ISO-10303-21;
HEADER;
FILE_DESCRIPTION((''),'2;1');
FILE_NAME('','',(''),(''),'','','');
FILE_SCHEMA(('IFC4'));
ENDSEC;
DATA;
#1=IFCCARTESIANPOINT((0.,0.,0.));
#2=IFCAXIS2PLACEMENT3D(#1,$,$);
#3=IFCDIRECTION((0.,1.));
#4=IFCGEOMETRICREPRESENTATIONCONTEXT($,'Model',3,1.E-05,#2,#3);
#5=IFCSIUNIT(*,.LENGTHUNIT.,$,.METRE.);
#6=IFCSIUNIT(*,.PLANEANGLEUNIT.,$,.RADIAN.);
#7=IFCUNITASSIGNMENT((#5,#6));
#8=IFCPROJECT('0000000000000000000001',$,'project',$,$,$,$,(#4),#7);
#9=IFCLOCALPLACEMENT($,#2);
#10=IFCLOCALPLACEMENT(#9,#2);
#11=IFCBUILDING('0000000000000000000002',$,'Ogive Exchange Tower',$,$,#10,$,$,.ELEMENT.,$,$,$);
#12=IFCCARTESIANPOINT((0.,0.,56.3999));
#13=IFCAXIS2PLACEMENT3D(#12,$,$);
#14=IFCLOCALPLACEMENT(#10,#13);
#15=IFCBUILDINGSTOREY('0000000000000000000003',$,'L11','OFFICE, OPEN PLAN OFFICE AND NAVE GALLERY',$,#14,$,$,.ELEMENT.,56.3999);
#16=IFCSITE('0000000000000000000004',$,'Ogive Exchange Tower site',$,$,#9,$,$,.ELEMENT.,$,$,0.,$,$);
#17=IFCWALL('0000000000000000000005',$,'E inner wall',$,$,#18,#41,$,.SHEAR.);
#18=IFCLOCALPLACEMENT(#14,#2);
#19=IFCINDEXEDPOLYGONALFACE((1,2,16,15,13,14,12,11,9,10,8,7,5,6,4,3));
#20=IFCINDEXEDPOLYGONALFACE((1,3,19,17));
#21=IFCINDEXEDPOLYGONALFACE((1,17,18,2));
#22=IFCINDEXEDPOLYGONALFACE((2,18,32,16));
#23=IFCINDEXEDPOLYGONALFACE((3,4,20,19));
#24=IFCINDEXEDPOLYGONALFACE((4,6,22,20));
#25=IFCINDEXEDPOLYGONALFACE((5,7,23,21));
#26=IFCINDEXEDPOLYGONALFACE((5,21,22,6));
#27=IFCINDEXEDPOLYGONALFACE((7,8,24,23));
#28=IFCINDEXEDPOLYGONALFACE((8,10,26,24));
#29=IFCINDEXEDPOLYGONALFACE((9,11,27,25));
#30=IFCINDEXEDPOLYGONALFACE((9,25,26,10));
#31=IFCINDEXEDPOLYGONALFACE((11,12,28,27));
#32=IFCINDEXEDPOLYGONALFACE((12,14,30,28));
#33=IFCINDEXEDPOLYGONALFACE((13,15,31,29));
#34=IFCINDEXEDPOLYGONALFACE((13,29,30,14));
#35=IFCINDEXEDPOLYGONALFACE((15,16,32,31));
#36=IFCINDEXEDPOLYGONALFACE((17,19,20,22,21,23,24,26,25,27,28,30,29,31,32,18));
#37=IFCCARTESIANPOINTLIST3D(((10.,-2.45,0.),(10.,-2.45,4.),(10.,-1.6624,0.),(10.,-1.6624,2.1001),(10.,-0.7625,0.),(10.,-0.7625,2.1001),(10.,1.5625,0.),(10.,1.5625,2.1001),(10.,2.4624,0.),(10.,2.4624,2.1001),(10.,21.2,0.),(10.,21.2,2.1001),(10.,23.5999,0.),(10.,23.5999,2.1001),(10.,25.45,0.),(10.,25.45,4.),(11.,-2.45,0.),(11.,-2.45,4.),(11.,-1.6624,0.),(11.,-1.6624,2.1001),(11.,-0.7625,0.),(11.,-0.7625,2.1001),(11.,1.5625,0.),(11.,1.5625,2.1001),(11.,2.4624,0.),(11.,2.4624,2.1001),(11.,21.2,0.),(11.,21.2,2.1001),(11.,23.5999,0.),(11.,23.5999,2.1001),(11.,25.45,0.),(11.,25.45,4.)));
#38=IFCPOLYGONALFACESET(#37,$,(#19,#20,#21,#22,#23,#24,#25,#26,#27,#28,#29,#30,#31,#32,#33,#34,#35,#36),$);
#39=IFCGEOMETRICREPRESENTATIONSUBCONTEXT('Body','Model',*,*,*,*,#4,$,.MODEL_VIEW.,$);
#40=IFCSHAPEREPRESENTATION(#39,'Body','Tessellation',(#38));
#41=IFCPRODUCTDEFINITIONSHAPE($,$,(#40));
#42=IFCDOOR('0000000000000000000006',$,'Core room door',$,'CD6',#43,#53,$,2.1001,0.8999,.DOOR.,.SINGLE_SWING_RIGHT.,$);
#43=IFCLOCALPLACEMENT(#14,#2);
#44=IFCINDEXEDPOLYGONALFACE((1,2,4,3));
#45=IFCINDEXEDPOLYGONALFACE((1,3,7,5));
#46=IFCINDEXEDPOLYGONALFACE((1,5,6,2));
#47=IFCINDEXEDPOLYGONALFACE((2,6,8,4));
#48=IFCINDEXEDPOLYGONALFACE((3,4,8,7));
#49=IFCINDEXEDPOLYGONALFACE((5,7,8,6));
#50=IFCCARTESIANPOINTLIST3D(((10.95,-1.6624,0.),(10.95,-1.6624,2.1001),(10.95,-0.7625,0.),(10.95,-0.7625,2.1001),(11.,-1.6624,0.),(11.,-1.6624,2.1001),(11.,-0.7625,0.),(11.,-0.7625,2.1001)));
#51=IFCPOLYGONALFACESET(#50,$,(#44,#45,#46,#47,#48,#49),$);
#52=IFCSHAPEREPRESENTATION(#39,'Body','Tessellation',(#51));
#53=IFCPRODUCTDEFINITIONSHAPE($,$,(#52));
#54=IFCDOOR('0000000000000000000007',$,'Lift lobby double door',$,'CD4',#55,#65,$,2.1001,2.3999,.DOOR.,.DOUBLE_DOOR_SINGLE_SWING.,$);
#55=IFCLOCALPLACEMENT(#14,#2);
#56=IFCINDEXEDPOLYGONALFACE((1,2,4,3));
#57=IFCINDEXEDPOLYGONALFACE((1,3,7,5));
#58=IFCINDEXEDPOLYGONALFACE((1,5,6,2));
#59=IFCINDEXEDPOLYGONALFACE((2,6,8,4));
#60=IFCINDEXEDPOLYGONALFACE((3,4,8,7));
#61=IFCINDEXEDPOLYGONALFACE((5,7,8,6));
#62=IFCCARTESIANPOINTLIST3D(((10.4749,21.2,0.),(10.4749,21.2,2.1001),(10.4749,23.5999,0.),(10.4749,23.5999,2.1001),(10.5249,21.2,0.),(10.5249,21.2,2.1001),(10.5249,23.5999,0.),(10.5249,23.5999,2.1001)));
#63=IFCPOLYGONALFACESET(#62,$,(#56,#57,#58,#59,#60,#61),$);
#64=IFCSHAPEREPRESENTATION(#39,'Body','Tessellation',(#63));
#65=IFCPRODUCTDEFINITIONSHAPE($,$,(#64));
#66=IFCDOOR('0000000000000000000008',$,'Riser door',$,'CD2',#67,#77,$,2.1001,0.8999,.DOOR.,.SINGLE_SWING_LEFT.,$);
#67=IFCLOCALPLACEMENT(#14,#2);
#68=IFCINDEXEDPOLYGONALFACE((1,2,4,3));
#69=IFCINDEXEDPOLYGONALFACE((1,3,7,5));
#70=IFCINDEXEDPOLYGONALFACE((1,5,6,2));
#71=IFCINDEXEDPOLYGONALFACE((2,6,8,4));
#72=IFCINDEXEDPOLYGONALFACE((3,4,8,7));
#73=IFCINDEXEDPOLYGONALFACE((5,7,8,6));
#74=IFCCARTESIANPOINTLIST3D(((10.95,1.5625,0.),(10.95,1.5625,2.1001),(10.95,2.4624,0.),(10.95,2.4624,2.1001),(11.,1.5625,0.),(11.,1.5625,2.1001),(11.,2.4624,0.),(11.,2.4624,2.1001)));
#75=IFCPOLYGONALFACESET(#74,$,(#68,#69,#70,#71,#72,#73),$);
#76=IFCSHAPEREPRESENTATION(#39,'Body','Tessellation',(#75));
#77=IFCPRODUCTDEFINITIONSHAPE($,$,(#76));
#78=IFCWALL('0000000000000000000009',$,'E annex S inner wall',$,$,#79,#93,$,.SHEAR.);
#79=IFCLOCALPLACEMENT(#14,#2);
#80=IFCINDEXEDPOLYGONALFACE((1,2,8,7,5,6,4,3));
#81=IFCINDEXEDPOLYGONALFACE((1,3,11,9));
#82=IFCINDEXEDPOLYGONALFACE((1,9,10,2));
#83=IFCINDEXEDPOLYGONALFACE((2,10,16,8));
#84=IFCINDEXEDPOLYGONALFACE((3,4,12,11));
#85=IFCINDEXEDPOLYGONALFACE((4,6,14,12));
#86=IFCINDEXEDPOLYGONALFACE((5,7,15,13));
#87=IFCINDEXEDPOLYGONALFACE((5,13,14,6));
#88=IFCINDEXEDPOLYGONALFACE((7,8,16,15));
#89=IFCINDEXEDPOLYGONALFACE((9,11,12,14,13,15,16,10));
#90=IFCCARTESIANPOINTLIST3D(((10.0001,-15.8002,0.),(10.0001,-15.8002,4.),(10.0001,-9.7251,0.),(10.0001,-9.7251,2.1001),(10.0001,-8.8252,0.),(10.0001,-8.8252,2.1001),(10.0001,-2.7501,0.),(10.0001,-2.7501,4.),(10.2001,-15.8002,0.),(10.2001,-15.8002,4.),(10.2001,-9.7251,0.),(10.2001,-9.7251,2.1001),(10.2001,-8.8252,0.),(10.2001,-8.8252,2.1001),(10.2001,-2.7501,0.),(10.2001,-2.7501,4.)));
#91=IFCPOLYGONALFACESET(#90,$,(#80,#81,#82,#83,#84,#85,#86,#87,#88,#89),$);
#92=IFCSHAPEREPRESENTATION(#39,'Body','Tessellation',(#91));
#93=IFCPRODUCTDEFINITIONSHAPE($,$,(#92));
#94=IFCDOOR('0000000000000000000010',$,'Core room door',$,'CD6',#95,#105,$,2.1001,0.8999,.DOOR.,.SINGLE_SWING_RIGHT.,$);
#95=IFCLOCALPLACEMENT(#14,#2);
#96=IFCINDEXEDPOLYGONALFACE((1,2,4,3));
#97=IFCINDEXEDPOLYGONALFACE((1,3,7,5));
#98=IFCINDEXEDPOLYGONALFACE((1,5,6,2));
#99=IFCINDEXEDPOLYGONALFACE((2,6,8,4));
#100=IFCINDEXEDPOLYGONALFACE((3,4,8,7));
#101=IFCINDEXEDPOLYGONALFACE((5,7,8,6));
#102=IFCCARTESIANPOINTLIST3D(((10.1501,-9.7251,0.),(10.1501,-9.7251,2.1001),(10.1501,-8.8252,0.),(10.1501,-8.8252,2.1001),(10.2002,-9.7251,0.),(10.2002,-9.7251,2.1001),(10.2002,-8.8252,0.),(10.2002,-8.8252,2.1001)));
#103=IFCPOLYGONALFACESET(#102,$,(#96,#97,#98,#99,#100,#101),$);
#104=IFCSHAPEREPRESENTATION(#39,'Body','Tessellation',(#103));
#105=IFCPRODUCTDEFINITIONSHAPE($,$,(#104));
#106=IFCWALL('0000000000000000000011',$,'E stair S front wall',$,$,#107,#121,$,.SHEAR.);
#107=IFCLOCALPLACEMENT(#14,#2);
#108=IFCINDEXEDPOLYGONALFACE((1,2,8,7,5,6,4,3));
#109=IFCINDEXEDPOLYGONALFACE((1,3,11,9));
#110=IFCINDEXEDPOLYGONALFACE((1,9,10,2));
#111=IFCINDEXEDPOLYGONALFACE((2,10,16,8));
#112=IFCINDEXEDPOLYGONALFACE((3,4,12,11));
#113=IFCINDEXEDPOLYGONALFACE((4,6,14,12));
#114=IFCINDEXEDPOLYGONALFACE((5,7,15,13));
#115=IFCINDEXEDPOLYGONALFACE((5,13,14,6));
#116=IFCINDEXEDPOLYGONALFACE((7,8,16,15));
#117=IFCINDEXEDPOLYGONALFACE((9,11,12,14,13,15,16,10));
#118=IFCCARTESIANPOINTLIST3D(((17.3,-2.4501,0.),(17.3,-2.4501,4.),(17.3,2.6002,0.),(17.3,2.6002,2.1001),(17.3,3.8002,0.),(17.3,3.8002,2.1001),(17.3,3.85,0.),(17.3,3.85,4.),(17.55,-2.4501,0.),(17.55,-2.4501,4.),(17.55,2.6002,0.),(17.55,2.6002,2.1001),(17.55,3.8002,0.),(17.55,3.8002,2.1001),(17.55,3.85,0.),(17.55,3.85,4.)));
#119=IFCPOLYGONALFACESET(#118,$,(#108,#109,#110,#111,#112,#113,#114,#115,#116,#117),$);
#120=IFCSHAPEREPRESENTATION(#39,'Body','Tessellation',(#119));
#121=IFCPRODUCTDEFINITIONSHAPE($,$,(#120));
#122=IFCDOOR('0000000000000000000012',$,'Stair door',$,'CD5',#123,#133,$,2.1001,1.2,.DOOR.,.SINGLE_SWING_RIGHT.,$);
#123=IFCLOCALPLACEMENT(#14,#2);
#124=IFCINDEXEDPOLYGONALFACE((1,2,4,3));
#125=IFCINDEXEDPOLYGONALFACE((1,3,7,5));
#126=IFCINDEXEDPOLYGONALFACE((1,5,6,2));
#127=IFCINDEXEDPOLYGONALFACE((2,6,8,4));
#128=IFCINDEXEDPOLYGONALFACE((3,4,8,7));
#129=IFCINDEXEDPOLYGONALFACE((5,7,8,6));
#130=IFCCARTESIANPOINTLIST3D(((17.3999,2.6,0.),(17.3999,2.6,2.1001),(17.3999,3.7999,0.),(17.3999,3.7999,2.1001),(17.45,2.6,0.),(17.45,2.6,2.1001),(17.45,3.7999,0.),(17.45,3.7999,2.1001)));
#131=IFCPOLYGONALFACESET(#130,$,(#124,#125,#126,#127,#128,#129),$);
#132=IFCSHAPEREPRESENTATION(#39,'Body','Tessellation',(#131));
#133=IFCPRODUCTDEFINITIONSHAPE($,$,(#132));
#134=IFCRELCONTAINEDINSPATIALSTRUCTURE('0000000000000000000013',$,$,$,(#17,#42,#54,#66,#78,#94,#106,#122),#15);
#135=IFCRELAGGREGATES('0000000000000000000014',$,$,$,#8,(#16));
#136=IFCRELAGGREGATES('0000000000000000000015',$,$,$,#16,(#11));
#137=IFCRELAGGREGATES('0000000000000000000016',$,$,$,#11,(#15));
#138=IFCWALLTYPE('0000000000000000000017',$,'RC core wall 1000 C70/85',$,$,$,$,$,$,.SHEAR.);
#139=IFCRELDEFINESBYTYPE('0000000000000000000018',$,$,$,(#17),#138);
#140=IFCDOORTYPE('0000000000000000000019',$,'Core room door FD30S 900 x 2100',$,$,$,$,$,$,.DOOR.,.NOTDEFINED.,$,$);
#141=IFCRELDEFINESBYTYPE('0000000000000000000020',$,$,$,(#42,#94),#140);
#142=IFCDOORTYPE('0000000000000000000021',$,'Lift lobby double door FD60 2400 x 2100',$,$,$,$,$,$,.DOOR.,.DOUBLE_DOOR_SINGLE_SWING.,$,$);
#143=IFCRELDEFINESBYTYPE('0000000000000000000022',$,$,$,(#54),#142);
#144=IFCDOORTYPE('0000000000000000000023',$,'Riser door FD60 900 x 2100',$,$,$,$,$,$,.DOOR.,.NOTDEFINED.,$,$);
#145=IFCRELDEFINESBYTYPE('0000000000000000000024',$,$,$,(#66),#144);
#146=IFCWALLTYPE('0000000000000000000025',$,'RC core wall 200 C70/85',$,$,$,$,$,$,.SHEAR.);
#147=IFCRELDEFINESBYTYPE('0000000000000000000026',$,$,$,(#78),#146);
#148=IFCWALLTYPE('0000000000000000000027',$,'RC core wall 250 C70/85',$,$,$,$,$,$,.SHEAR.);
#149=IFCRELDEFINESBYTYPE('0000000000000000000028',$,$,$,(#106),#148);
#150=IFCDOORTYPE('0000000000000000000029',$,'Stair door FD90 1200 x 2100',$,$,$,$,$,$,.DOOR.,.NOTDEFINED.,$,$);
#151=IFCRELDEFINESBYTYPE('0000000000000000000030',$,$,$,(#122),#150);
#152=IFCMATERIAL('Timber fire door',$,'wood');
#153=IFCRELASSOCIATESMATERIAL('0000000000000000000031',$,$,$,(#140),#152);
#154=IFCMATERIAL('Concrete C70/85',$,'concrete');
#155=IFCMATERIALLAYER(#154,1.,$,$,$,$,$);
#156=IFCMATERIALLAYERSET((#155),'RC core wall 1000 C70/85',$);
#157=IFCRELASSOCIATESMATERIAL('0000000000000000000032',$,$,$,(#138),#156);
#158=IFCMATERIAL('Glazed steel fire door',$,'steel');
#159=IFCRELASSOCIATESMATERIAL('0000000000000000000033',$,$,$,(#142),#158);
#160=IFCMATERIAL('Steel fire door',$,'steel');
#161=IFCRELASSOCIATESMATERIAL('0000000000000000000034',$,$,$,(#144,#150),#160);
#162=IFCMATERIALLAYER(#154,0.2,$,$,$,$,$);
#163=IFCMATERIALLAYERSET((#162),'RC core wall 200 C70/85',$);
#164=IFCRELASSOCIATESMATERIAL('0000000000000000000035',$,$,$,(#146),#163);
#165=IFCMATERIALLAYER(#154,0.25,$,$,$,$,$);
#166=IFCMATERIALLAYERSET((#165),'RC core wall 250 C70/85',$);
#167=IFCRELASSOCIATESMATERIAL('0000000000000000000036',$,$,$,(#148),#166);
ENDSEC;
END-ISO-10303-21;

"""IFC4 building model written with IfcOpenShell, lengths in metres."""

from ifc_helpers import new_model, si_unit, direction, frame, frame_2d, origin, place, context, subcontext, project, spatial, rectangle, extrude, material, layer, layer_set, type_object, element, fill, save


model = new_model("IFC4")

# Units and contexts
model_context = context("Model", 3, precision=1e-05, world=origin(), true_north=direction((0.0, 1.0)))
body_context = subcontext(model_context, "Body", "Model", "MODEL_VIEW")
ifc_project = project(units=[si_unit("LENGTHUNIT", "METRE"), si_unit("PLANEANGLEUNIT", "RADIAN")], contexts=[model_context])

# Site, building, storey
site_placement = place(None, origin())
site = spatial("IfcSite", under=ifc_project, at=site_placement, Name="Ogive Exchange Tower site", CompositionType="ELEMENT", RefElevation=0.0)
building_placement = place(site_placement, origin())
building = spatial("IfcBuilding", under=site, at=building_placement, Name="Ogive Exchange Tower", CompositionType="ELEMENT")
storey_placement = place(building_placement, frame((0.0, 0.0, 56.3999)))
storey = spatial("IfcBuildingStorey", under=building, at=storey_placement, Name="L11", Description="OFFICE, OPEN PLAN OFFICE AND NAVE GALLERY", CompositionType="ELEMENT", Elevation=56.3999)

# Shared definitions
ifc_material_1 = material(Name="Concrete C70/85", Category="concrete")

# Shared definitions
ifc_material_2 = material(Name="Timber fire door", Category="wood")
door_type_1 = type_object("IfcDoorType", Name="Core room door FD30S 900 x 2100", OperationType="NOTDEFINED", PredefinedType="DOOR", material=ifc_material_2)

# Wall, openings, doors
ifc_layer_1 = layer(ifc_material_1, 1.0)
ifc_layer_set_1 = layer_set([ifc_layer_1], Name="RC core wall 1000 C70/85")
wall_type_1 = type_object("IfcWallType", Name="RC core wall 1000 C70/85", PredefinedType="SHEAR", material=ifc_layer_set_1)
wall_1_placement = place(storey_placement, frame((10.5, -2.45, 0.0), z_axis=(0.0, 0.0, 1.0), x_axis=(0.0, 1.0, 0.0)))
wall_1 = element("IfcWall", 1, at=wall_1_placement, inside=storey, type_object=wall_type_1, Name="E inner wall", PredefinedType="SHEAR", context=body_context, shape_type="SweptSolid", body=[
    extrude(rectangle(XDim=27.8999, YDim=1.0, at=frame_2d((13.95, 0.0))), origin(), (0.0, 0.0, 1.0), 4.0),
])
opening_1_placement = place(wall_1_placement, frame((23.6499, 0.0, 0.0)))
opening_1 = element("IfcOpeningElement", 2, at=opening_1_placement, cuts=wall_1, PredefinedType="OPENING", context=body_context, shape_type="SweptSolid", body=[
    extrude(rectangle(XDim=2.3999, YDim=2.1001, at=frame_2d((1.2, 1.05))), frame((0.0, 0.51, 0.0), z_axis=(0.0, -1.0, 0.0), x_axis=(1.0, 0.0, 0.0)), (0.0, 0.0, 1.0), 1.02),
])
opening_2_placement = place(wall_1_placement, frame((0.7876, 0.0, 0.0)))
opening_2 = element("IfcOpeningElement", 3, at=opening_2_placement, cuts=wall_1, PredefinedType="OPENING", context=body_context, shape_type="SweptSolid", body=[
    extrude(rectangle(XDim=0.8999, YDim=2.1001, at=frame_2d((0.45, 1.05))), frame((0.0, 0.51, 0.0), z_axis=(0.0, -1.0, 0.0), x_axis=(1.0, 0.0, 0.0)), (0.0, 0.0, 1.0), 1.02),
])
opening_3_placement = place(wall_1_placement, frame((4.0125, 0.0, 0.0)))
opening_3 = element("IfcOpeningElement", 4, at=opening_3_placement, cuts=wall_1, PredefinedType="OPENING", context=body_context, shape_type="SweptSolid", body=[
    extrude(rectangle(XDim=0.8999, YDim=2.1001, at=frame_2d((0.45, 1.05))), frame((0.0, 0.51, 0.0), z_axis=(0.0, -1.0, 0.0), x_axis=(1.0, 0.0, 0.0)), (0.0, 0.0, 1.0), 1.02),
])
door_1_placement = place(opening_2_placement, frame((0.8999, -0.9502, 0.0), z_axis=(0.0, 0.0, 1.0), x_axis=(-1.0, 0.0, 0.0)))
door_1 = element("IfcDoor", 5, at=door_1_placement, inside=storey, type_object=door_type_1, Name="Core room door", ObjectType="CD6", OperationType="SINGLE_SWING_RIGHT", OverallHeight=2.1001, OverallWidth=0.8999, PredefinedType="DOOR", context=body_context, shape_type="SweptSolid", body=[
    extrude(rectangle(XDim=0.8999, YDim=2.1001, at=frame_2d((0.45, 1.05))), frame((0.0, -0.4502, 0.0), z_axis=(0.0, -1.0, 0.0), x_axis=(1.0, 0.0, 0.0)), (0.0, 0.0, 1.0), 0.05),
])
fill(opening_2, door_1)
ifc_material_3 = material(Name="Glazed steel fire door", Category="steel")
door_type_2 = type_object("IfcDoorType", Name="Lift lobby double door FD60 2400 x 2100", OperationType="DOUBLE_DOOR_SINGLE_SWING", PredefinedType="DOOR", material=ifc_material_3)
door_2_placement = place(opening_1_placement, frame((2.3999, 0.0, 0.0), z_axis=(0.0, 0.0, 1.0), x_axis=(-1.0, 0.0, 0.0)))
door_2 = element("IfcDoor", 6, at=door_2_placement, inside=storey, type_object=door_type_2, Name="Lift lobby double door", ObjectType="CD4", OperationType="DOUBLE_DOOR_SINGLE_SWING", OverallHeight=2.1001, OverallWidth=2.3999, PredefinedType="DOOR", context=body_context, shape_type="SweptSolid", body=[
    extrude(rectangle(XDim=2.3999, YDim=2.1001, at=frame_2d((1.2, 1.05))), frame((0.0, 0.0249, 0.0), z_axis=(0.0, -1.0, 0.0), x_axis=(1.0, 0.0, 0.0)), (0.0, 0.0, 1.0), 0.05),
])
fill(opening_1, door_2)
ifc_material_4 = material(Name="Steel fire door", Category="steel")
door_type_3 = type_object("IfcDoorType", Name="Riser door FD60 900 x 2100", OperationType="NOTDEFINED", PredefinedType="DOOR", material=ifc_material_4)
door_3_placement = place(opening_3_placement, frame((0.8999, -0.9502, 0.0), z_axis=(0.0, 0.0, 1.0), x_axis=(-1.0, 0.0, 0.0)))
door_3 = element("IfcDoor", 7, at=door_3_placement, inside=storey, type_object=door_type_3, Name="Riser door", ObjectType="CD2", OperationType="SINGLE_SWING_LEFT", OverallHeight=2.1001, OverallWidth=0.8999, PredefinedType="DOOR", context=body_context, shape_type="SweptSolid", body=[
    extrude(rectangle(XDim=0.8999, YDim=2.1001, at=frame_2d((0.45, 1.05))), frame((0.0, -0.4502, 0.0), z_axis=(0.0, -1.0, 0.0), x_axis=(1.0, 0.0, 0.0)), (0.0, 0.0, 1.0), 0.05),
])
fill(opening_3, door_3)

# Walls, openings, doors
ifc_layer_2 = layer(ifc_material_1, 0.2)
ifc_layer_set_2 = layer_set([ifc_layer_2], Name="RC core wall 200 C70/85")
wall_type_2 = type_object("IfcWallType", Name="RC core wall 200 C70/85", PredefinedType="SHEAR", material=ifc_layer_set_2)
wall_2_placement = place(storey_placement, frame((10.1001, -15.8, 0.0), z_axis=(0.0, 0.0, 1.0), x_axis=(0.0, 1.0, 0.0)))
wall_2 = element("IfcWall", 8, at=wall_2_placement, inside=storey, type_object=wall_type_2, Name="E annex S inner wall", PredefinedType="SHEAR", context=body_context, shape_type="SweptSolid", body=[
    extrude(rectangle(XDim=13.05, YDim=0.2, at=frame_2d((6.5249, 0.0))), origin(), (0.0, 0.0, 1.0), 4.0),
])
opening_4_placement = place(wall_2_placement, frame((6.075, 0.0, 0.0)))
opening_4 = element("IfcOpeningElement", 9, at=opening_4_placement, cuts=wall_2, PredefinedType="OPENING", context=body_context, shape_type="SweptSolid", body=[
    extrude(rectangle(XDim=0.8999, YDim=2.1001, at=frame_2d((0.45, 1.05))), frame((0.0, 0.1099, 0.0), z_axis=(0.0, -1.0, 0.0), x_axis=(1.0, 0.0, 0.0)), (0.0, 0.0, 1.0), 0.22),
])
door_4_placement = place(opening_4_placement, frame((0.8999, -0.1499, 0.0), z_axis=(0.0, 0.0, 1.0), x_axis=(-1.0, 0.0, 0.0)))
door_4 = element("IfcDoor", 10, at=door_4_placement, inside=storey, type_object=door_type_1, Name="Core room door", ObjectType="CD6", OperationType="SINGLE_SWING_RIGHT", OverallHeight=2.1001, OverallWidth=0.8999, PredefinedType="DOOR", context=body_context, shape_type="SweptSolid", body=[
    extrude(rectangle(XDim=0.8999, YDim=2.1001, at=frame_2d((0.45, 1.05))), frame((0.0, -0.0498, 0.0), z_axis=(0.0, -1.0, 0.0), x_axis=(1.0, 0.0, 0.0)), (0.0, 0.0, 1.0), 0.05),
])
fill(opening_4, door_4)
ifc_layer_3 = layer(ifc_material_1, 0.25)
ifc_layer_set_3 = layer_set([ifc_layer_3], Name="RC core wall 250 C70/85")
wall_type_3 = type_object("IfcWallType", Name="RC core wall 250 C70/85", PredefinedType="SHEAR", material=ifc_layer_set_3)
wall_3_placement = place(storey_placement, frame((17.425, -2.45, 0.0), z_axis=(0.0, 0.0, 1.0), x_axis=(0.0, 1.0, 0.0)))
wall_3 = element("IfcWall", 11, at=wall_3_placement, inside=storey, type_object=wall_type_3, Name="E stair S front wall", PredefinedType="SHEAR", context=body_context, shape_type="SweptSolid", body=[
    extrude(rectangle(XDim=6.3, YDim=0.25, at=frame_2d((3.1499, 0.0))), origin(), (0.0, 0.0, 1.0), 4.0),
])
opening_5_placement = place(wall_3_placement, frame((5.05, 0.0, 0.0)))
opening_5 = element("IfcOpeningElement", 12, at=opening_5_placement, cuts=wall_3, PredefinedType="OPENING", context=body_context, shape_type="SweptSolid", body=[
    extrude(rectangle(XDim=1.2, YDim=2.1001, at=frame_2d((0.6001, 1.05))), frame((0.0, 0.135, 0.0), z_axis=(0.0, -1.0, 0.0), x_axis=(1.0, 0.0, 0.0)), (0.0, 0.0, 1.0), 0.27),
])
door_type_4 = type_object("IfcDoorType", Name="Stair door FD90 1200 x 2100", OperationType="NOTDEFINED", PredefinedType="DOOR", material=ifc_material_4)
door_5_placement = place(opening_5_placement, frame((1.2, 0.0, 0.0), z_axis=(0.0, 0.0, 1.0), x_axis=(-1.0, 0.0, 0.0)))
door_5 = element("IfcDoor", 13, at=door_5_placement, inside=storey, type_object=door_type_4, Name="Stair door", ObjectType="CD5", OperationType="SINGLE_SWING_RIGHT", OverallHeight=2.1001, OverallWidth=1.2, PredefinedType="DOOR", context=body_context, shape_type="SweptSolid", body=[
    extrude(rectangle(XDim=1.2, YDim=2.1001, at=frame_2d((0.6001, 1.05))), frame((0.0, 0.0249, 0.0), z_axis=(0.0, -1.0, 0.0), x_axis=(1.0, 0.0, 0.0)), (0.0, 0.0, 1.0), 0.05),
])
fill(opening_5, door_5)

save(model, "model.ifc")
